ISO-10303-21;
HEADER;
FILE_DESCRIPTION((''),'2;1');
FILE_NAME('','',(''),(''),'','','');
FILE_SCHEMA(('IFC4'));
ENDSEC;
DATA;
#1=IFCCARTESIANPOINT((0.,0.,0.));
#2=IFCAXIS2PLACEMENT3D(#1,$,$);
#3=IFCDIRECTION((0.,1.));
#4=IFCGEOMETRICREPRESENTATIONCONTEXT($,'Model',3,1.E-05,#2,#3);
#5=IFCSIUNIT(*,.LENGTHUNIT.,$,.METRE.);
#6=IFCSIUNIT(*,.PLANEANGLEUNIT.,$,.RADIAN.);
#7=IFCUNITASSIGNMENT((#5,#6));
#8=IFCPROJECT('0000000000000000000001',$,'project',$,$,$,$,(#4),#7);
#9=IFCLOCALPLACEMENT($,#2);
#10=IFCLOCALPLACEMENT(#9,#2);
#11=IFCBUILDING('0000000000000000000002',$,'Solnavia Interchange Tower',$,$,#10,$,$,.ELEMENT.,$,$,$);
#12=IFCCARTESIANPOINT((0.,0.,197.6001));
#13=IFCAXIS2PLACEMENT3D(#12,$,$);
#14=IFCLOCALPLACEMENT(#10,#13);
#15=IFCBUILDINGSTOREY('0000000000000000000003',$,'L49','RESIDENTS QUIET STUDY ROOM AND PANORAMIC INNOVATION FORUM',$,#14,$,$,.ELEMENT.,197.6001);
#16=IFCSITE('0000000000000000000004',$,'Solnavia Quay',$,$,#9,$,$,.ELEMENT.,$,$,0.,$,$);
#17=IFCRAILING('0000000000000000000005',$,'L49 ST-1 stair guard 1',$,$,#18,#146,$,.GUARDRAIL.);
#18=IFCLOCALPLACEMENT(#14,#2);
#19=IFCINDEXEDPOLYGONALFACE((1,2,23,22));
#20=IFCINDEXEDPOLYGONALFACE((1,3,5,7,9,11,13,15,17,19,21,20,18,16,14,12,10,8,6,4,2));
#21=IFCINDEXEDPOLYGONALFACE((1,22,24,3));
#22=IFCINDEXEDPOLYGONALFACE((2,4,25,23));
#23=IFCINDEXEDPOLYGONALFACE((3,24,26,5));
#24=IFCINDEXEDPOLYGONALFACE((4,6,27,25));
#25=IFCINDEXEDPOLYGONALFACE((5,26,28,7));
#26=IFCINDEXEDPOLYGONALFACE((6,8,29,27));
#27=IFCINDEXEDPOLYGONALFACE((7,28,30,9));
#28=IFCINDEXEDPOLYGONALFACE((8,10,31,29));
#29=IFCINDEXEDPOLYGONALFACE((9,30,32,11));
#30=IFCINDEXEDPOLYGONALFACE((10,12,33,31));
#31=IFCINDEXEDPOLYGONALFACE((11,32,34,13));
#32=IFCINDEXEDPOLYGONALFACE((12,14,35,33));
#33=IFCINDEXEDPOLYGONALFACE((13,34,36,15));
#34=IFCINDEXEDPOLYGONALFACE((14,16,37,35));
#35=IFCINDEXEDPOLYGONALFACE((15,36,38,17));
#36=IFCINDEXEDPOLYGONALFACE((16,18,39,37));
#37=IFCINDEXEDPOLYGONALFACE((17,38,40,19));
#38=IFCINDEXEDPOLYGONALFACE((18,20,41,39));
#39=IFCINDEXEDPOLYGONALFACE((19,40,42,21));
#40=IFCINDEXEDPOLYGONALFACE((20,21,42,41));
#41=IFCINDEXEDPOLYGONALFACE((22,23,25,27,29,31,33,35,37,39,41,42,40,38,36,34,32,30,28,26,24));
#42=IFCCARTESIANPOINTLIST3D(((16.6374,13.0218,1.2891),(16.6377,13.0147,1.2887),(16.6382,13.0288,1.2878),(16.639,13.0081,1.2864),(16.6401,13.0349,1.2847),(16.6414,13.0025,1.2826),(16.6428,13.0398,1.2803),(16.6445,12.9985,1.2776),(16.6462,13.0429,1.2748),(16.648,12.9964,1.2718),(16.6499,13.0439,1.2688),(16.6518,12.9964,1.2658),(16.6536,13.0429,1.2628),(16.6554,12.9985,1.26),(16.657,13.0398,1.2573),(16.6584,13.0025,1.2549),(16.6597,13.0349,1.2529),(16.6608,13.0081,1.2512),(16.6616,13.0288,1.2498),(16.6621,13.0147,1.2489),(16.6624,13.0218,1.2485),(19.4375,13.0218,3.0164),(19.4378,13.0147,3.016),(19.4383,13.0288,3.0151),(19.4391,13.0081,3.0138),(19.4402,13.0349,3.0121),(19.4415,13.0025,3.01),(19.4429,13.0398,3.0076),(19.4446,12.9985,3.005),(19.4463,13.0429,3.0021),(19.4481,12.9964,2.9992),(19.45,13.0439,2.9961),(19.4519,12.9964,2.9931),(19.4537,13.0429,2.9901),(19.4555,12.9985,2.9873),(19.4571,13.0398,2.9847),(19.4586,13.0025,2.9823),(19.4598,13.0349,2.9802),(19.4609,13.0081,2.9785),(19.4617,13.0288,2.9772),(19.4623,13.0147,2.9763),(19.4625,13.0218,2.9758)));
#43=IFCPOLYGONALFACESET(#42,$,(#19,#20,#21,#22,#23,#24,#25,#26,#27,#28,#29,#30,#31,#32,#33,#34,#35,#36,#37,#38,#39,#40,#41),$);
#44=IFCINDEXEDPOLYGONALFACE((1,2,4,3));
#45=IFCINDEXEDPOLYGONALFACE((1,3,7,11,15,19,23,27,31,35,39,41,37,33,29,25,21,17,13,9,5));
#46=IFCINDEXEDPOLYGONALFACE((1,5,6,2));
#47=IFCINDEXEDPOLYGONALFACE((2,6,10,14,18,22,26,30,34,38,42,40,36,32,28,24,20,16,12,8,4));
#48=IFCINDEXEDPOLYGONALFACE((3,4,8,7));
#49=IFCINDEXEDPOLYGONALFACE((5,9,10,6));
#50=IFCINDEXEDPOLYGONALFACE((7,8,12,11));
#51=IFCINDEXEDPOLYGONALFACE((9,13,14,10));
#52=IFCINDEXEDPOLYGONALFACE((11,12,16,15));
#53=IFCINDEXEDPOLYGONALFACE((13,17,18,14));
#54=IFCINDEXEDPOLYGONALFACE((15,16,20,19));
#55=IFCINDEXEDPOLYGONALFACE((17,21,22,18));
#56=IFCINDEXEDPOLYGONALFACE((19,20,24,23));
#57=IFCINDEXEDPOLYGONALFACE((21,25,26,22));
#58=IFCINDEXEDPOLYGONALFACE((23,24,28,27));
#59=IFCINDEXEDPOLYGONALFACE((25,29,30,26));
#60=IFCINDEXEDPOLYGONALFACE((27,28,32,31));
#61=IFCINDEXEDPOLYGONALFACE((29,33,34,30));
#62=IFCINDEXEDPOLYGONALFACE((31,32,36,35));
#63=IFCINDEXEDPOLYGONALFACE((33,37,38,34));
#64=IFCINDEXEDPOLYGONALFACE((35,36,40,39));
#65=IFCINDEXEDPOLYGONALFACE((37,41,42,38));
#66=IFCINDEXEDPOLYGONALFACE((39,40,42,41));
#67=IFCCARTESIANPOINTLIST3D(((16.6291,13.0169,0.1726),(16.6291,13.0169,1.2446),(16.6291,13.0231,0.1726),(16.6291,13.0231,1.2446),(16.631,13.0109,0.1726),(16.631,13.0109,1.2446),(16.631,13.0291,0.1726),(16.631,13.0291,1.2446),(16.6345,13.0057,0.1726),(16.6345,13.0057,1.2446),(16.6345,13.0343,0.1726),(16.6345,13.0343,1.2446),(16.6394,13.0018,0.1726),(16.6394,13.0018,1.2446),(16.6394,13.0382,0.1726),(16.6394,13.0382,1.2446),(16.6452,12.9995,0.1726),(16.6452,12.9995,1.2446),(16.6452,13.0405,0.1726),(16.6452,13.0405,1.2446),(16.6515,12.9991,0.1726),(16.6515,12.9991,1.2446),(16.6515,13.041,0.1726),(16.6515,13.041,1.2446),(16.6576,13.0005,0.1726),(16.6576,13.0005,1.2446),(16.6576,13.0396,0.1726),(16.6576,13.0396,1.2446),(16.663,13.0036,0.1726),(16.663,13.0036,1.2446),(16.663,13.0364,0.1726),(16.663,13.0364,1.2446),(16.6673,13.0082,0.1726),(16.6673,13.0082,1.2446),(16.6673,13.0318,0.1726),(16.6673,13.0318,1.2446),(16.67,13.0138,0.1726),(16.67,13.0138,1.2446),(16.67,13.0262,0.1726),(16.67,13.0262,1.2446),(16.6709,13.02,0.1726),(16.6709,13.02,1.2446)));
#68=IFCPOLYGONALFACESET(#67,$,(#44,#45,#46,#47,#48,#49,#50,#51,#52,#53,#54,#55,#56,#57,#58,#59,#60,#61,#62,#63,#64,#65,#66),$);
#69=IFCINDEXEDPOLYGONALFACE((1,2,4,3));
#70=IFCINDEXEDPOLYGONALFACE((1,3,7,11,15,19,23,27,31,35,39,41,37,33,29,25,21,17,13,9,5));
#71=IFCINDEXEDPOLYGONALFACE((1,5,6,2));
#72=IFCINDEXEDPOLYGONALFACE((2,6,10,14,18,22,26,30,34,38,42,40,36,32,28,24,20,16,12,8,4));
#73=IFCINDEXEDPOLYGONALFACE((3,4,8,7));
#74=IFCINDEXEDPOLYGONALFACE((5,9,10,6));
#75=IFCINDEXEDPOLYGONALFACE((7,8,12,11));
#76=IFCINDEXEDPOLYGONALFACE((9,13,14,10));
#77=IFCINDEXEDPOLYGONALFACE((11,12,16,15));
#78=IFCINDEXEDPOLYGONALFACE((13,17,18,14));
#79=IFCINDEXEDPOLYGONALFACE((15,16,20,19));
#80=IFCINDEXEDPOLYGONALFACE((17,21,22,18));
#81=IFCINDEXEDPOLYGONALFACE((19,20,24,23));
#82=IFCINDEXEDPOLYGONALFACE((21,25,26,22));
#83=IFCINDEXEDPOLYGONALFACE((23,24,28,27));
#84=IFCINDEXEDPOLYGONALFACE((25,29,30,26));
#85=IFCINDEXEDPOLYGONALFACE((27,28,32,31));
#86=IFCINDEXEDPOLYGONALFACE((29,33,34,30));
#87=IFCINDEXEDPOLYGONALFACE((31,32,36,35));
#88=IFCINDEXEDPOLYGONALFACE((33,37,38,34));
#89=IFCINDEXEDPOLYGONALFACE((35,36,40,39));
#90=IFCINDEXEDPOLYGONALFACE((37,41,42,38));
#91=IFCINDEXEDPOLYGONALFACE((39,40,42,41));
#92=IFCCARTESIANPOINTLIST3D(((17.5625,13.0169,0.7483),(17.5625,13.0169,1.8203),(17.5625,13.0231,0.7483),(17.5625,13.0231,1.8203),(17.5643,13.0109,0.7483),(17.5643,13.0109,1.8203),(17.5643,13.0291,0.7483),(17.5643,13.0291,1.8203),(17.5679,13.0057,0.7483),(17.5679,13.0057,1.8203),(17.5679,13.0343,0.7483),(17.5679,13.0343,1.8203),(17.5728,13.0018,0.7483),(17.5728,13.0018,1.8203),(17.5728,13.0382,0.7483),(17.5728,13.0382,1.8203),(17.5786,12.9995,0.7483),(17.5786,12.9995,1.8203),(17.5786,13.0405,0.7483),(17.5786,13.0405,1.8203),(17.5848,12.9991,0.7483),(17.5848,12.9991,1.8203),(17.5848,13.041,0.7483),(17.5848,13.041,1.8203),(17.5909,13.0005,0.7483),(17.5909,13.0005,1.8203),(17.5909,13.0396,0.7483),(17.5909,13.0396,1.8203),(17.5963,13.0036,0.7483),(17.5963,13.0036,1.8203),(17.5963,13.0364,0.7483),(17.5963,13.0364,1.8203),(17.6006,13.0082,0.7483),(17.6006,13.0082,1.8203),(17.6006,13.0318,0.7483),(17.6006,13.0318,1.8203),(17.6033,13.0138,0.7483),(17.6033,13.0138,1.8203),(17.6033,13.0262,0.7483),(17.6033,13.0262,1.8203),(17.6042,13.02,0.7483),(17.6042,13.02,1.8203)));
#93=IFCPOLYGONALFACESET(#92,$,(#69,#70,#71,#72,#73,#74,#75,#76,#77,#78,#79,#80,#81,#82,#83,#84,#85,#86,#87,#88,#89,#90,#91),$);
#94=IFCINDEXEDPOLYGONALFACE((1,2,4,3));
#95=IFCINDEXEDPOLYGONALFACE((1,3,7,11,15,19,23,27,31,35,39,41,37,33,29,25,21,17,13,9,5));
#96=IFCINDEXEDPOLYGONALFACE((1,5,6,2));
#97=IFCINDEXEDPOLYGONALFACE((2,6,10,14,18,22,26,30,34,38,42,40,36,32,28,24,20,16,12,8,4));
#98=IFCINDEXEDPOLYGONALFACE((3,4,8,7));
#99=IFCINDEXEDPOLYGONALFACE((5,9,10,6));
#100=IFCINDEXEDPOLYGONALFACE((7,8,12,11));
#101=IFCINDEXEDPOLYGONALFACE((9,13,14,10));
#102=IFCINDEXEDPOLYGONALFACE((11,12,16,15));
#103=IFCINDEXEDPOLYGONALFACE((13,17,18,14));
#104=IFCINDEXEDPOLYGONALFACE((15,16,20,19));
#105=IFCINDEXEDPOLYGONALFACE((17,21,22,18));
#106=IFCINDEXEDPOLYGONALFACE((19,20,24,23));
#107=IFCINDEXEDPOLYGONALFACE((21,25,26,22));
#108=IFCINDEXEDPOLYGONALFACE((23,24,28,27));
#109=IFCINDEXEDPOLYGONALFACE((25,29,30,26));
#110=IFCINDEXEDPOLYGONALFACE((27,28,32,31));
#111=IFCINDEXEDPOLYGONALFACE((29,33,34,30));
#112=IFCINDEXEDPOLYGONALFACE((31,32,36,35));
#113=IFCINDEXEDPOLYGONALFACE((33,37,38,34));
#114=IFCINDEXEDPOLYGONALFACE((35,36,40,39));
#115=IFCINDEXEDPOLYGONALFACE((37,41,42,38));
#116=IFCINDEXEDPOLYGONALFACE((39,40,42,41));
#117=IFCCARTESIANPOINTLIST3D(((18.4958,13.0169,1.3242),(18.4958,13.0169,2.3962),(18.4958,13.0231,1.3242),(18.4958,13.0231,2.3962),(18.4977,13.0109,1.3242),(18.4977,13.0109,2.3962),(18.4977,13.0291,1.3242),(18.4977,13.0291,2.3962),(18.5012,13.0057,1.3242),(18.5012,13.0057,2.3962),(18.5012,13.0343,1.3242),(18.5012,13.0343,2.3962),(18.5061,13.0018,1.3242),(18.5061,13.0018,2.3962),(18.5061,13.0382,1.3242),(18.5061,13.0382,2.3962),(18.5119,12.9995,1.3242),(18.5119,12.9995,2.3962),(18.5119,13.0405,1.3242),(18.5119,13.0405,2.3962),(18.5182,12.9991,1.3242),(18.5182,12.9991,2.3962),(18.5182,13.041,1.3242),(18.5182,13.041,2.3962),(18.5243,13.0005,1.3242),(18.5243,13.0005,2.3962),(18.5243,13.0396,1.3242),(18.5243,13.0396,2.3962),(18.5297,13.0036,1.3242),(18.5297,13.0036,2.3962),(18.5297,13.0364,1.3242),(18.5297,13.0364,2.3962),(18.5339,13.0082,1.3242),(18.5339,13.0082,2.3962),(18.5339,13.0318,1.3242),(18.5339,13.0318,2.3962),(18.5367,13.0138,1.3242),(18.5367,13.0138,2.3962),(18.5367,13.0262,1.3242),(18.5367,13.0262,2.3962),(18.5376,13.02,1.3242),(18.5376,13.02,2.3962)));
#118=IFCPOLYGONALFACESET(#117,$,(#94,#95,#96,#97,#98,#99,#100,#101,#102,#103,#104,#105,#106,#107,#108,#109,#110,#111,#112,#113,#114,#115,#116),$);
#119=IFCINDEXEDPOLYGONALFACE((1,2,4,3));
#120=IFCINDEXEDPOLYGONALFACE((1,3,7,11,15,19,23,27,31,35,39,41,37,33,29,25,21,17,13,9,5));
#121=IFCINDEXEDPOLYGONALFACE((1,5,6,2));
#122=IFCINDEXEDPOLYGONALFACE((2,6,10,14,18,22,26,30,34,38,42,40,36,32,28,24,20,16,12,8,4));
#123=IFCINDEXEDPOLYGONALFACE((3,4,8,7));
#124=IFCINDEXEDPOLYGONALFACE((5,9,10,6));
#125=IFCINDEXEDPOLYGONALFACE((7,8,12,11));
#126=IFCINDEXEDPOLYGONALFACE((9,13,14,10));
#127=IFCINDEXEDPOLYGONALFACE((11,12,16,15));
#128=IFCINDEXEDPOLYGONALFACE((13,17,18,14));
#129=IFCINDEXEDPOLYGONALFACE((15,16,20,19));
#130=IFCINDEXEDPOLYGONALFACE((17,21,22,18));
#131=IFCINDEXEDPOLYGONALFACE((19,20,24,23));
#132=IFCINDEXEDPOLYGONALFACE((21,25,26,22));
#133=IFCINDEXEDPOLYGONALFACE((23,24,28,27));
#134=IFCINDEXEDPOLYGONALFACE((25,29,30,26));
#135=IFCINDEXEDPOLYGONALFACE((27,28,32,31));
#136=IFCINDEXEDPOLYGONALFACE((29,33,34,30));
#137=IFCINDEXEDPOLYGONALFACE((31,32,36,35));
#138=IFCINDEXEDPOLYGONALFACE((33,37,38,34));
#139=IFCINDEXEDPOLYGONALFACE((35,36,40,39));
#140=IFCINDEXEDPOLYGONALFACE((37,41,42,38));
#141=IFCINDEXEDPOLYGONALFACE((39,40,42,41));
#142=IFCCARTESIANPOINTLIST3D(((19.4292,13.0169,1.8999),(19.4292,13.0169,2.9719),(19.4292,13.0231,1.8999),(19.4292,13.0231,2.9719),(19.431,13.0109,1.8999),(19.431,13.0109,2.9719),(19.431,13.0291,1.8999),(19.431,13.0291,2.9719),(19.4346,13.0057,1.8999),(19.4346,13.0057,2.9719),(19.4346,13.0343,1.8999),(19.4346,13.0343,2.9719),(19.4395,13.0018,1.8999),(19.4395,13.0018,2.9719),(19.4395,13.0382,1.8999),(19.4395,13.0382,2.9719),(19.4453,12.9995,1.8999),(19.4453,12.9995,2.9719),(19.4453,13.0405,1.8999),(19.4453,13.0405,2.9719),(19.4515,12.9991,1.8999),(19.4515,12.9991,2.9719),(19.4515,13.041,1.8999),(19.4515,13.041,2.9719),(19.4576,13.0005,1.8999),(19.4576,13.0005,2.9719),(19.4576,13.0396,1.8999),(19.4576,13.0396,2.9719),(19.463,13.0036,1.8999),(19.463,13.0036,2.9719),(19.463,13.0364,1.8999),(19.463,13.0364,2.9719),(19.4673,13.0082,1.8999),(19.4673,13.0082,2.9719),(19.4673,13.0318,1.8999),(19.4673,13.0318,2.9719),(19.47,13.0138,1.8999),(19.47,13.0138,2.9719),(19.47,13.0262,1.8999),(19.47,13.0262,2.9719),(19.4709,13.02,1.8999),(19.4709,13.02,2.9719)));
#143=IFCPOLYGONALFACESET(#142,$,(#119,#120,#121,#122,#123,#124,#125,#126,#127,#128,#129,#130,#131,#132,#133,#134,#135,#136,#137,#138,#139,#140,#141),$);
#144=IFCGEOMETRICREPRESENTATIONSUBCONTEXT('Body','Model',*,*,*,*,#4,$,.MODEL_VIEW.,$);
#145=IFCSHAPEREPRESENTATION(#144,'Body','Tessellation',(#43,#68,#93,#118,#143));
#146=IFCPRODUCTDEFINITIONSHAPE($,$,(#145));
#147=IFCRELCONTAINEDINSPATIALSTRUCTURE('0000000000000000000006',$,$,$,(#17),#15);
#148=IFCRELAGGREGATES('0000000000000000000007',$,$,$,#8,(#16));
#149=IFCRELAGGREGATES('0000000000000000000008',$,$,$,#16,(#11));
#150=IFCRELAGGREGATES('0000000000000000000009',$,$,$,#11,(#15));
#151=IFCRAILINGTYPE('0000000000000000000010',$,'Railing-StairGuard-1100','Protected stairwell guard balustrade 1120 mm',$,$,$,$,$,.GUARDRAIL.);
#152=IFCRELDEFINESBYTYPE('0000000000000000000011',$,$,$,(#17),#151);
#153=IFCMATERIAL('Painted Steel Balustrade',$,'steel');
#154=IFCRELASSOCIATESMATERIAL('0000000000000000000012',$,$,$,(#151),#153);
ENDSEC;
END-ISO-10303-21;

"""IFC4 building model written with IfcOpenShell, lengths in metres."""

from ifc_helpers import new_model, si_unit, direction, frame, origin, origin_2d, place, context, subcontext, project, spatial, circle, extrude, material, type_object, element, save


model = new_model("IFC4")

# Units and contexts
model_context = context("Model", 3, precision=1e-05, world=origin(), true_north=direction((0.0, 1.0)))
body_context = subcontext(model_context, "Body", "Model", "MODEL_VIEW")
ifc_project = project(units=[si_unit("LENGTHUNIT", "METRE"), si_unit("PLANEANGLEUNIT", "RADIAN")], contexts=[model_context])

# Site, building, storey
site_placement = place(None, origin())
site = spatial("IfcSite", under=ifc_project, at=site_placement, Name="Solnavia Quay", CompositionType="ELEMENT", RefElevation=0.0)
building_placement = place(site_placement, origin())
building = spatial("IfcBuilding", under=site, at=building_placement, Name="Solnavia Interchange Tower", CompositionType="ELEMENT")
storey_placement = place(building_placement, frame((0.0, 0.0, 197.6001)))
storey = spatial("IfcBuildingStorey", under=building, at=storey_placement, Name="L49", Description="RESIDENTS QUIET STUDY ROOM AND PANORAMIC INNOVATION FORUM", CompositionType="ELEMENT", Elevation=197.6001)

# Railing
ifc_material_1 = material(Name="Painted Steel Balustrade", Category="steel")
railing_type_1 = type_object("IfcRailingType", Name="Railing-StairGuard-1100", Description="Protected stairwell guard balustrade 1120 mm", PredefinedType="GUARDRAIL", material=ifc_material_1)
railing_1_placement = place(storey_placement, frame((16.6499, 13.02, 0.1726)))
element("IfcRailing", 1, at=railing_1_placement, inside=storey, type_object=railing_type_1, Name="L49 ST-1 stair guard 1", PredefinedType="GUARDRAIL", context=body_context, shape_type="SweptSolid", body=[
    extrude(circle(Radius=0.0239, at=origin_2d()), frame((0.0, 0.0, 1.0962), z_axis=(0.85109, 0.0, 0.52502), x_axis=(0.0, 1.0, 0.0)), (0.0, 0.0, 1.0), 3.29),
    extrude(circle(Radius=0.021, at=origin_2d()), origin(), (0.0, 0.0, 1.0), 1.072),
    extrude(circle(Radius=0.021, at=origin_2d()), frame((0.9333, 0.0, 0.5757)), (0.0, 0.0, 1.0), 1.072),
    extrude(circle(Radius=0.021, at=origin_2d()), frame((1.8667, 0.0, 1.1516)), (0.0, 0.0, 1.0), 1.072),
    extrude(circle(Radius=0.021, at=origin_2d()), frame((2.8, 0.0, 1.7273)), (0.0, 0.0, 1.0), 1.072),
])

save(model, "model.ifc")
